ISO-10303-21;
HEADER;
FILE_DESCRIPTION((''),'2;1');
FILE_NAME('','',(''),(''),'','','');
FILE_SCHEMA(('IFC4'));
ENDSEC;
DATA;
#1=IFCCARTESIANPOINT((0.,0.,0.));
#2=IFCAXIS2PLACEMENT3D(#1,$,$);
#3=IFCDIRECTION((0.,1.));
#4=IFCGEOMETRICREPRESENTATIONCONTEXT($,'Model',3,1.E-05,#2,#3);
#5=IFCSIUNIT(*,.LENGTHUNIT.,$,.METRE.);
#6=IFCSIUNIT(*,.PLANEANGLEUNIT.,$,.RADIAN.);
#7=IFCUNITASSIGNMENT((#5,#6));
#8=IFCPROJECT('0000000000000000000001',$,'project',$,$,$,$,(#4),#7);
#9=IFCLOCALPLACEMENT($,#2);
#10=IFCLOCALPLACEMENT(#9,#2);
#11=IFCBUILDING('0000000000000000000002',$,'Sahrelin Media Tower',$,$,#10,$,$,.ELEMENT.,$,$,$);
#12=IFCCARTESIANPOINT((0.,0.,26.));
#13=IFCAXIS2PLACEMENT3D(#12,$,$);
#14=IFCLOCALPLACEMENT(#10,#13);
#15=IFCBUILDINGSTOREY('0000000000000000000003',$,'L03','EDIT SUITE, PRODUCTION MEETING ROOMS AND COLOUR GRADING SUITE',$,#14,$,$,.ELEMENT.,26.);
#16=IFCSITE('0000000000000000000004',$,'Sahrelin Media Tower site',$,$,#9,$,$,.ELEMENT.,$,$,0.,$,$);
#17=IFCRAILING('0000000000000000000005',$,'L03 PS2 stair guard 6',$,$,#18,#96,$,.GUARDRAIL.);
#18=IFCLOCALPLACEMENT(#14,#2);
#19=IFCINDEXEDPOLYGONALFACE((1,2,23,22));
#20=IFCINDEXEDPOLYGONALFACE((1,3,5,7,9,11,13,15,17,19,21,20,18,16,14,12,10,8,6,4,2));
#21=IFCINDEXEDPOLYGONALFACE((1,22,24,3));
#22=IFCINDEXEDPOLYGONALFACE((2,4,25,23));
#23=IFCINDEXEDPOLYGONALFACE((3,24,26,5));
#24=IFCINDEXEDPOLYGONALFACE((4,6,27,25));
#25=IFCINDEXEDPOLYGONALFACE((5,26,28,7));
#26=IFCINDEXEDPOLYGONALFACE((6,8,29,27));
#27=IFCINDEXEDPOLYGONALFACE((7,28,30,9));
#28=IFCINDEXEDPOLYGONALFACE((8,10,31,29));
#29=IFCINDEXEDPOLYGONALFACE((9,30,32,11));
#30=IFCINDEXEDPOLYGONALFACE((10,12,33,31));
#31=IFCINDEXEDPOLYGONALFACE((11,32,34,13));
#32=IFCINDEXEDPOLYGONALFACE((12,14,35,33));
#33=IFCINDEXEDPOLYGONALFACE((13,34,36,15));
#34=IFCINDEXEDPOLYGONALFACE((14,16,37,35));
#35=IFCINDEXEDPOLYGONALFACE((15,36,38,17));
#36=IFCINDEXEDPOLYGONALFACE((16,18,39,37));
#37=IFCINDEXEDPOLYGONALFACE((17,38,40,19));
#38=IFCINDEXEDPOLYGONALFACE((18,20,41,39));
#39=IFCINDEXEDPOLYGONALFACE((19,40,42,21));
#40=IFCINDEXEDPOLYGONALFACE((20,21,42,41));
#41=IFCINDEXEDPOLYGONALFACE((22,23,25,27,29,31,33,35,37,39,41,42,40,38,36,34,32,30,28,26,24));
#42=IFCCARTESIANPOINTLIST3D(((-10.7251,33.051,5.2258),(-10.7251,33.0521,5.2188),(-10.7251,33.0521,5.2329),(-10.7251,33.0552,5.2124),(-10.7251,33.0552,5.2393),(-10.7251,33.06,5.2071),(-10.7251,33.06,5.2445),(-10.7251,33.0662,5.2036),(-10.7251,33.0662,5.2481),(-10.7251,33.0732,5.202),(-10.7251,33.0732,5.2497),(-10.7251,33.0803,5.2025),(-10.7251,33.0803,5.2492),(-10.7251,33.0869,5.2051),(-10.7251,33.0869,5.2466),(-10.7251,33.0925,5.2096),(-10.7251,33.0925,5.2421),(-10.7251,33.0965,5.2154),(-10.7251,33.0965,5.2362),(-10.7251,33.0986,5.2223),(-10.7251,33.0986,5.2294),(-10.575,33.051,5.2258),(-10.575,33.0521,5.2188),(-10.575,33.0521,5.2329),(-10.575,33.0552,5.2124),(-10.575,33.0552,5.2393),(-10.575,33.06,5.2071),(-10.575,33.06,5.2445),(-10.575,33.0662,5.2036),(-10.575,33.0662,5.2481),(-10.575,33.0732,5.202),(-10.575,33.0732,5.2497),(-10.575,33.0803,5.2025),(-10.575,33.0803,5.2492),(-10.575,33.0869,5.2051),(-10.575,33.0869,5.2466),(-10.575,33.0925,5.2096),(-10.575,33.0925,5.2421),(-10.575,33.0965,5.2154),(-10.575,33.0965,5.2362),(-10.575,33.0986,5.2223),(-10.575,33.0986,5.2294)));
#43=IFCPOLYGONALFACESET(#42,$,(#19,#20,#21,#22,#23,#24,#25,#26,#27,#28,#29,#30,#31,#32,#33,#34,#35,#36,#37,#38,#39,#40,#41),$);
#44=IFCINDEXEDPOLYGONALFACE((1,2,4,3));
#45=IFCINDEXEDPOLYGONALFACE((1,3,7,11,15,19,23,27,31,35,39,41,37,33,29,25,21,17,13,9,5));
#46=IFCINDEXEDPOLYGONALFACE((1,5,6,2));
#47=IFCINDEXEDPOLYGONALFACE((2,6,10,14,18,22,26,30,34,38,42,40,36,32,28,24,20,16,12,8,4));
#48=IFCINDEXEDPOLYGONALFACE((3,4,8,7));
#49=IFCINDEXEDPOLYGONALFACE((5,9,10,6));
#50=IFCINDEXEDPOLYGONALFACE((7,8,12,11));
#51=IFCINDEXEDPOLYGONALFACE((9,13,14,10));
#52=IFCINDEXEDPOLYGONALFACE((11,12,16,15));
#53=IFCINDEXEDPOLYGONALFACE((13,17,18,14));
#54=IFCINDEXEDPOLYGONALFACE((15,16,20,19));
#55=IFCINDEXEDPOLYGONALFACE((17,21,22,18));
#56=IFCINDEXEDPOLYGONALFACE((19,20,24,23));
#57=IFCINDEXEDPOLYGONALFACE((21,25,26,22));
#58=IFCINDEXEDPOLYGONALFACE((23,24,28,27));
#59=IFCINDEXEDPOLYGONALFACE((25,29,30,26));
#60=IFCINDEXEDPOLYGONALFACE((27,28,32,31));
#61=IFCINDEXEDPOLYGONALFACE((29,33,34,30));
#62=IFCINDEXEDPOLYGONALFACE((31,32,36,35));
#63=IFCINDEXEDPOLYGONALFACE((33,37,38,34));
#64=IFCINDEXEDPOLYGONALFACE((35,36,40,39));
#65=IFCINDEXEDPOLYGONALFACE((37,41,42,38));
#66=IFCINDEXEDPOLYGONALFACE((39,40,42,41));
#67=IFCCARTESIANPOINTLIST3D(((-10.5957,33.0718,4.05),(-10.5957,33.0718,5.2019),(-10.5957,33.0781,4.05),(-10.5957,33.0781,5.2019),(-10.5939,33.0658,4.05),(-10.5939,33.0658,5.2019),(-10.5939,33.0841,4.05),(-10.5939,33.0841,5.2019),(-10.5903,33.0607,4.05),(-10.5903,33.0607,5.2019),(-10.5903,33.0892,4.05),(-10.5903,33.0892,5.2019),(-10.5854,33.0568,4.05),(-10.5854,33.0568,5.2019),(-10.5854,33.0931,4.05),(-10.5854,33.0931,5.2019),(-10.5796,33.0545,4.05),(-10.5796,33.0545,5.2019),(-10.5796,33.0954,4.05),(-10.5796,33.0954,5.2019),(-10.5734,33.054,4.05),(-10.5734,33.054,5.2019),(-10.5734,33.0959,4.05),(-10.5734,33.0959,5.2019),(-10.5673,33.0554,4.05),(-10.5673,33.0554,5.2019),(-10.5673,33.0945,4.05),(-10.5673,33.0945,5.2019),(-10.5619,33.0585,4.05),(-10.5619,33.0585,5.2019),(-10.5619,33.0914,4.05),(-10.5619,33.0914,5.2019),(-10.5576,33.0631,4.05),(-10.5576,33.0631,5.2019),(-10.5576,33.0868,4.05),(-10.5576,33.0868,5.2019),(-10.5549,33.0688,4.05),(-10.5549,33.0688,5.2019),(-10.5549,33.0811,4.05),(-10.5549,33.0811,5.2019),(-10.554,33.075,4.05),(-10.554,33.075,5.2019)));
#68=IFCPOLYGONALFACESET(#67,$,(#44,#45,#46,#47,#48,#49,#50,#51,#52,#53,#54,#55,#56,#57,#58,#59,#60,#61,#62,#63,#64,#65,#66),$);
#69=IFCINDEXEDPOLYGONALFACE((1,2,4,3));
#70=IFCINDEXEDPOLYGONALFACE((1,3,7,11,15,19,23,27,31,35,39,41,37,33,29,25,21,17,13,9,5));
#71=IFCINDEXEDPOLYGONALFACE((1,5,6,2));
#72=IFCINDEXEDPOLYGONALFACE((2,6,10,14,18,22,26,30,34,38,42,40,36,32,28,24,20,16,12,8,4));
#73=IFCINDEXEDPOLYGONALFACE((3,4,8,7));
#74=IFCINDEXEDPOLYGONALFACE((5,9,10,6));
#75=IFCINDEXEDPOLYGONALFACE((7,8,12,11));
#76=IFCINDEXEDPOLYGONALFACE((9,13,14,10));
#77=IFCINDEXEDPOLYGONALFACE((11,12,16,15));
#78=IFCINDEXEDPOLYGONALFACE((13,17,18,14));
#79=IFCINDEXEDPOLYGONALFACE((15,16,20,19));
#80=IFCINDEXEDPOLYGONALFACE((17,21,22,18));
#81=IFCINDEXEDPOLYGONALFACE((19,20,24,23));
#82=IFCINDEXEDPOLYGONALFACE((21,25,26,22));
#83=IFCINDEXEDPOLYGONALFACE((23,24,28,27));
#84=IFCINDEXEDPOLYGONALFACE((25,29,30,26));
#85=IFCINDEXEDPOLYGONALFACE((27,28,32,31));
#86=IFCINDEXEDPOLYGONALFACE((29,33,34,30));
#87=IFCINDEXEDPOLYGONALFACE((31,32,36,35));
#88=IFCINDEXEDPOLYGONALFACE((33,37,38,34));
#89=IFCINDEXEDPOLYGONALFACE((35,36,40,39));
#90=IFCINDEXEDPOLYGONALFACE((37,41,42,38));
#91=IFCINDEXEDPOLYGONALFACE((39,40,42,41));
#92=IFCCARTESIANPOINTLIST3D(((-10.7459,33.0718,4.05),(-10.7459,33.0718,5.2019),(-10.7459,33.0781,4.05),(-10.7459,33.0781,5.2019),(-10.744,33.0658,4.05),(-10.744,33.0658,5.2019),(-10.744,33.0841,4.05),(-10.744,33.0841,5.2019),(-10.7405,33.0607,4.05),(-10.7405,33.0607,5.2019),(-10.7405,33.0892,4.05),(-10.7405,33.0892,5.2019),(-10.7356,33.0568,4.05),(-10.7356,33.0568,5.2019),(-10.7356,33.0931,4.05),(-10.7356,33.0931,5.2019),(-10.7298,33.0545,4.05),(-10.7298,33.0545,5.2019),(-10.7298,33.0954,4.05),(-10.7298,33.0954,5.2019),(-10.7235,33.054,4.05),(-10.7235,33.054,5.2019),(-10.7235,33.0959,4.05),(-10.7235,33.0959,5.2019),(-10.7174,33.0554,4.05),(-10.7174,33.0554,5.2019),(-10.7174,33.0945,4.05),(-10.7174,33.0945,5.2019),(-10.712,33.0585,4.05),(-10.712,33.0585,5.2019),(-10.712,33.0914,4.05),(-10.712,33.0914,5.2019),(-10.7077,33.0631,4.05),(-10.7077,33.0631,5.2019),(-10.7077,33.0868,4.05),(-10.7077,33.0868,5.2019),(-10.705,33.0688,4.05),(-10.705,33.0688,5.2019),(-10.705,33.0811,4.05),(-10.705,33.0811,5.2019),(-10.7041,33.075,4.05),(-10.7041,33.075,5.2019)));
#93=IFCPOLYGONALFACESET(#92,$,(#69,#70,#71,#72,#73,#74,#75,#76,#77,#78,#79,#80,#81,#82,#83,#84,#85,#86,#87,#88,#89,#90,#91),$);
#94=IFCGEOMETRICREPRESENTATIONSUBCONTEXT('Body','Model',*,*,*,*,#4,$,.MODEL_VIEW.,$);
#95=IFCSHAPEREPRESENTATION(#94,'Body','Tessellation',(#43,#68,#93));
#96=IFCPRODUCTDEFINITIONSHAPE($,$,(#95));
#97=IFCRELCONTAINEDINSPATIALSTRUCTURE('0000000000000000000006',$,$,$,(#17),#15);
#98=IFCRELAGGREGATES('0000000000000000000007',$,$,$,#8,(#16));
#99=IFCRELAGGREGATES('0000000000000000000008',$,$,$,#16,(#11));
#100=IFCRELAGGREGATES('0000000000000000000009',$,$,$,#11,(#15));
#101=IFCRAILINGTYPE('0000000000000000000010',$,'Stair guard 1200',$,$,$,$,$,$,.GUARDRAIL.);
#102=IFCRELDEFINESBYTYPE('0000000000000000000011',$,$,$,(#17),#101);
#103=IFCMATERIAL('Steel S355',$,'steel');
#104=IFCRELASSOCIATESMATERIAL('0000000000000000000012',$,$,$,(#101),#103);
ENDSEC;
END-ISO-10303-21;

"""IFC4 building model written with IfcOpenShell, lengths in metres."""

from ifc_helpers import new_model, si_unit, direction, frame, origin, origin_2d, place, context, subcontext, project, spatial, circle, extrude, material, type_object, element, save


model = new_model("IFC4")

# Units and contexts
model_context = context("Model", 3, precision=1e-05, world=origin(), true_north=direction((0.0, 1.0)))
body_context = subcontext(model_context, "Body", "Model", "MODEL_VIEW")
ifc_project = project(units=[si_unit("LENGTHUNIT", "METRE"), si_unit("PLANEANGLEUNIT", "RADIAN")], contexts=[model_context])

# Site, building, storey
site_placement = place(None, origin())
site = spatial("IfcSite", under=ifc_project, at=site_placement, Name="Sahrelin Media Tower site", CompositionType="ELEMENT", RefElevation=0.0)
building_placement = place(site_placement, origin())
building = spatial("IfcBuilding", under=site, at=building_placement, Name="Sahrelin Media Tower", CompositionType="ELEMENT")
storey_placement = place(building_placement, frame((0.0, 0.0, 26.0)))
storey = spatial("IfcBuildingStorey", under=building, at=storey_placement, Name="L03", Description="EDIT SUITE, PRODUCTION MEETING ROOMS AND COLOUR GRADING SUITE", CompositionType="ELEMENT", Elevation=26.0)

# Shared definitions
ifc_material_1 = material(Name="Steel S355", Category="steel")

# Railing
railing_type_1 = type_object("IfcRailingType", Name="Stair guard 1200", PredefinedType="GUARDRAIL", material=ifc_material_1)
railing_1_placement = place(storey_placement, frame((-10.575, 33.075, 4.05)))
element("IfcRailing", 1, at=railing_1_placement, inside=storey, type_object=railing_type_1, Name="L03 PS2 stair guard 6", PredefinedType="GUARDRAIL", context=body_context, shape_type="SweptSolid", body=[
    extrude(circle(Radius=0.0239, at=origin_2d()), frame((0.0, 0.0, 1.1758), z_axis=(-1.0, 0.0, 0.0), x_axis=(0.0, -1.0, 0.0)), (0.0, 0.0, 1.0), 0.1501),
    extrude(circle(Radius=0.021, at=origin_2d()), origin(), (0.0, 0.0, 1.0), 1.1519),
    extrude(circle(Radius=0.021, at=origin_2d()), frame((-0.1501, 0.0, 0.0)), (0.0, 0.0, 1.0), 1.1519),
])

save(model, "model.ifc")
